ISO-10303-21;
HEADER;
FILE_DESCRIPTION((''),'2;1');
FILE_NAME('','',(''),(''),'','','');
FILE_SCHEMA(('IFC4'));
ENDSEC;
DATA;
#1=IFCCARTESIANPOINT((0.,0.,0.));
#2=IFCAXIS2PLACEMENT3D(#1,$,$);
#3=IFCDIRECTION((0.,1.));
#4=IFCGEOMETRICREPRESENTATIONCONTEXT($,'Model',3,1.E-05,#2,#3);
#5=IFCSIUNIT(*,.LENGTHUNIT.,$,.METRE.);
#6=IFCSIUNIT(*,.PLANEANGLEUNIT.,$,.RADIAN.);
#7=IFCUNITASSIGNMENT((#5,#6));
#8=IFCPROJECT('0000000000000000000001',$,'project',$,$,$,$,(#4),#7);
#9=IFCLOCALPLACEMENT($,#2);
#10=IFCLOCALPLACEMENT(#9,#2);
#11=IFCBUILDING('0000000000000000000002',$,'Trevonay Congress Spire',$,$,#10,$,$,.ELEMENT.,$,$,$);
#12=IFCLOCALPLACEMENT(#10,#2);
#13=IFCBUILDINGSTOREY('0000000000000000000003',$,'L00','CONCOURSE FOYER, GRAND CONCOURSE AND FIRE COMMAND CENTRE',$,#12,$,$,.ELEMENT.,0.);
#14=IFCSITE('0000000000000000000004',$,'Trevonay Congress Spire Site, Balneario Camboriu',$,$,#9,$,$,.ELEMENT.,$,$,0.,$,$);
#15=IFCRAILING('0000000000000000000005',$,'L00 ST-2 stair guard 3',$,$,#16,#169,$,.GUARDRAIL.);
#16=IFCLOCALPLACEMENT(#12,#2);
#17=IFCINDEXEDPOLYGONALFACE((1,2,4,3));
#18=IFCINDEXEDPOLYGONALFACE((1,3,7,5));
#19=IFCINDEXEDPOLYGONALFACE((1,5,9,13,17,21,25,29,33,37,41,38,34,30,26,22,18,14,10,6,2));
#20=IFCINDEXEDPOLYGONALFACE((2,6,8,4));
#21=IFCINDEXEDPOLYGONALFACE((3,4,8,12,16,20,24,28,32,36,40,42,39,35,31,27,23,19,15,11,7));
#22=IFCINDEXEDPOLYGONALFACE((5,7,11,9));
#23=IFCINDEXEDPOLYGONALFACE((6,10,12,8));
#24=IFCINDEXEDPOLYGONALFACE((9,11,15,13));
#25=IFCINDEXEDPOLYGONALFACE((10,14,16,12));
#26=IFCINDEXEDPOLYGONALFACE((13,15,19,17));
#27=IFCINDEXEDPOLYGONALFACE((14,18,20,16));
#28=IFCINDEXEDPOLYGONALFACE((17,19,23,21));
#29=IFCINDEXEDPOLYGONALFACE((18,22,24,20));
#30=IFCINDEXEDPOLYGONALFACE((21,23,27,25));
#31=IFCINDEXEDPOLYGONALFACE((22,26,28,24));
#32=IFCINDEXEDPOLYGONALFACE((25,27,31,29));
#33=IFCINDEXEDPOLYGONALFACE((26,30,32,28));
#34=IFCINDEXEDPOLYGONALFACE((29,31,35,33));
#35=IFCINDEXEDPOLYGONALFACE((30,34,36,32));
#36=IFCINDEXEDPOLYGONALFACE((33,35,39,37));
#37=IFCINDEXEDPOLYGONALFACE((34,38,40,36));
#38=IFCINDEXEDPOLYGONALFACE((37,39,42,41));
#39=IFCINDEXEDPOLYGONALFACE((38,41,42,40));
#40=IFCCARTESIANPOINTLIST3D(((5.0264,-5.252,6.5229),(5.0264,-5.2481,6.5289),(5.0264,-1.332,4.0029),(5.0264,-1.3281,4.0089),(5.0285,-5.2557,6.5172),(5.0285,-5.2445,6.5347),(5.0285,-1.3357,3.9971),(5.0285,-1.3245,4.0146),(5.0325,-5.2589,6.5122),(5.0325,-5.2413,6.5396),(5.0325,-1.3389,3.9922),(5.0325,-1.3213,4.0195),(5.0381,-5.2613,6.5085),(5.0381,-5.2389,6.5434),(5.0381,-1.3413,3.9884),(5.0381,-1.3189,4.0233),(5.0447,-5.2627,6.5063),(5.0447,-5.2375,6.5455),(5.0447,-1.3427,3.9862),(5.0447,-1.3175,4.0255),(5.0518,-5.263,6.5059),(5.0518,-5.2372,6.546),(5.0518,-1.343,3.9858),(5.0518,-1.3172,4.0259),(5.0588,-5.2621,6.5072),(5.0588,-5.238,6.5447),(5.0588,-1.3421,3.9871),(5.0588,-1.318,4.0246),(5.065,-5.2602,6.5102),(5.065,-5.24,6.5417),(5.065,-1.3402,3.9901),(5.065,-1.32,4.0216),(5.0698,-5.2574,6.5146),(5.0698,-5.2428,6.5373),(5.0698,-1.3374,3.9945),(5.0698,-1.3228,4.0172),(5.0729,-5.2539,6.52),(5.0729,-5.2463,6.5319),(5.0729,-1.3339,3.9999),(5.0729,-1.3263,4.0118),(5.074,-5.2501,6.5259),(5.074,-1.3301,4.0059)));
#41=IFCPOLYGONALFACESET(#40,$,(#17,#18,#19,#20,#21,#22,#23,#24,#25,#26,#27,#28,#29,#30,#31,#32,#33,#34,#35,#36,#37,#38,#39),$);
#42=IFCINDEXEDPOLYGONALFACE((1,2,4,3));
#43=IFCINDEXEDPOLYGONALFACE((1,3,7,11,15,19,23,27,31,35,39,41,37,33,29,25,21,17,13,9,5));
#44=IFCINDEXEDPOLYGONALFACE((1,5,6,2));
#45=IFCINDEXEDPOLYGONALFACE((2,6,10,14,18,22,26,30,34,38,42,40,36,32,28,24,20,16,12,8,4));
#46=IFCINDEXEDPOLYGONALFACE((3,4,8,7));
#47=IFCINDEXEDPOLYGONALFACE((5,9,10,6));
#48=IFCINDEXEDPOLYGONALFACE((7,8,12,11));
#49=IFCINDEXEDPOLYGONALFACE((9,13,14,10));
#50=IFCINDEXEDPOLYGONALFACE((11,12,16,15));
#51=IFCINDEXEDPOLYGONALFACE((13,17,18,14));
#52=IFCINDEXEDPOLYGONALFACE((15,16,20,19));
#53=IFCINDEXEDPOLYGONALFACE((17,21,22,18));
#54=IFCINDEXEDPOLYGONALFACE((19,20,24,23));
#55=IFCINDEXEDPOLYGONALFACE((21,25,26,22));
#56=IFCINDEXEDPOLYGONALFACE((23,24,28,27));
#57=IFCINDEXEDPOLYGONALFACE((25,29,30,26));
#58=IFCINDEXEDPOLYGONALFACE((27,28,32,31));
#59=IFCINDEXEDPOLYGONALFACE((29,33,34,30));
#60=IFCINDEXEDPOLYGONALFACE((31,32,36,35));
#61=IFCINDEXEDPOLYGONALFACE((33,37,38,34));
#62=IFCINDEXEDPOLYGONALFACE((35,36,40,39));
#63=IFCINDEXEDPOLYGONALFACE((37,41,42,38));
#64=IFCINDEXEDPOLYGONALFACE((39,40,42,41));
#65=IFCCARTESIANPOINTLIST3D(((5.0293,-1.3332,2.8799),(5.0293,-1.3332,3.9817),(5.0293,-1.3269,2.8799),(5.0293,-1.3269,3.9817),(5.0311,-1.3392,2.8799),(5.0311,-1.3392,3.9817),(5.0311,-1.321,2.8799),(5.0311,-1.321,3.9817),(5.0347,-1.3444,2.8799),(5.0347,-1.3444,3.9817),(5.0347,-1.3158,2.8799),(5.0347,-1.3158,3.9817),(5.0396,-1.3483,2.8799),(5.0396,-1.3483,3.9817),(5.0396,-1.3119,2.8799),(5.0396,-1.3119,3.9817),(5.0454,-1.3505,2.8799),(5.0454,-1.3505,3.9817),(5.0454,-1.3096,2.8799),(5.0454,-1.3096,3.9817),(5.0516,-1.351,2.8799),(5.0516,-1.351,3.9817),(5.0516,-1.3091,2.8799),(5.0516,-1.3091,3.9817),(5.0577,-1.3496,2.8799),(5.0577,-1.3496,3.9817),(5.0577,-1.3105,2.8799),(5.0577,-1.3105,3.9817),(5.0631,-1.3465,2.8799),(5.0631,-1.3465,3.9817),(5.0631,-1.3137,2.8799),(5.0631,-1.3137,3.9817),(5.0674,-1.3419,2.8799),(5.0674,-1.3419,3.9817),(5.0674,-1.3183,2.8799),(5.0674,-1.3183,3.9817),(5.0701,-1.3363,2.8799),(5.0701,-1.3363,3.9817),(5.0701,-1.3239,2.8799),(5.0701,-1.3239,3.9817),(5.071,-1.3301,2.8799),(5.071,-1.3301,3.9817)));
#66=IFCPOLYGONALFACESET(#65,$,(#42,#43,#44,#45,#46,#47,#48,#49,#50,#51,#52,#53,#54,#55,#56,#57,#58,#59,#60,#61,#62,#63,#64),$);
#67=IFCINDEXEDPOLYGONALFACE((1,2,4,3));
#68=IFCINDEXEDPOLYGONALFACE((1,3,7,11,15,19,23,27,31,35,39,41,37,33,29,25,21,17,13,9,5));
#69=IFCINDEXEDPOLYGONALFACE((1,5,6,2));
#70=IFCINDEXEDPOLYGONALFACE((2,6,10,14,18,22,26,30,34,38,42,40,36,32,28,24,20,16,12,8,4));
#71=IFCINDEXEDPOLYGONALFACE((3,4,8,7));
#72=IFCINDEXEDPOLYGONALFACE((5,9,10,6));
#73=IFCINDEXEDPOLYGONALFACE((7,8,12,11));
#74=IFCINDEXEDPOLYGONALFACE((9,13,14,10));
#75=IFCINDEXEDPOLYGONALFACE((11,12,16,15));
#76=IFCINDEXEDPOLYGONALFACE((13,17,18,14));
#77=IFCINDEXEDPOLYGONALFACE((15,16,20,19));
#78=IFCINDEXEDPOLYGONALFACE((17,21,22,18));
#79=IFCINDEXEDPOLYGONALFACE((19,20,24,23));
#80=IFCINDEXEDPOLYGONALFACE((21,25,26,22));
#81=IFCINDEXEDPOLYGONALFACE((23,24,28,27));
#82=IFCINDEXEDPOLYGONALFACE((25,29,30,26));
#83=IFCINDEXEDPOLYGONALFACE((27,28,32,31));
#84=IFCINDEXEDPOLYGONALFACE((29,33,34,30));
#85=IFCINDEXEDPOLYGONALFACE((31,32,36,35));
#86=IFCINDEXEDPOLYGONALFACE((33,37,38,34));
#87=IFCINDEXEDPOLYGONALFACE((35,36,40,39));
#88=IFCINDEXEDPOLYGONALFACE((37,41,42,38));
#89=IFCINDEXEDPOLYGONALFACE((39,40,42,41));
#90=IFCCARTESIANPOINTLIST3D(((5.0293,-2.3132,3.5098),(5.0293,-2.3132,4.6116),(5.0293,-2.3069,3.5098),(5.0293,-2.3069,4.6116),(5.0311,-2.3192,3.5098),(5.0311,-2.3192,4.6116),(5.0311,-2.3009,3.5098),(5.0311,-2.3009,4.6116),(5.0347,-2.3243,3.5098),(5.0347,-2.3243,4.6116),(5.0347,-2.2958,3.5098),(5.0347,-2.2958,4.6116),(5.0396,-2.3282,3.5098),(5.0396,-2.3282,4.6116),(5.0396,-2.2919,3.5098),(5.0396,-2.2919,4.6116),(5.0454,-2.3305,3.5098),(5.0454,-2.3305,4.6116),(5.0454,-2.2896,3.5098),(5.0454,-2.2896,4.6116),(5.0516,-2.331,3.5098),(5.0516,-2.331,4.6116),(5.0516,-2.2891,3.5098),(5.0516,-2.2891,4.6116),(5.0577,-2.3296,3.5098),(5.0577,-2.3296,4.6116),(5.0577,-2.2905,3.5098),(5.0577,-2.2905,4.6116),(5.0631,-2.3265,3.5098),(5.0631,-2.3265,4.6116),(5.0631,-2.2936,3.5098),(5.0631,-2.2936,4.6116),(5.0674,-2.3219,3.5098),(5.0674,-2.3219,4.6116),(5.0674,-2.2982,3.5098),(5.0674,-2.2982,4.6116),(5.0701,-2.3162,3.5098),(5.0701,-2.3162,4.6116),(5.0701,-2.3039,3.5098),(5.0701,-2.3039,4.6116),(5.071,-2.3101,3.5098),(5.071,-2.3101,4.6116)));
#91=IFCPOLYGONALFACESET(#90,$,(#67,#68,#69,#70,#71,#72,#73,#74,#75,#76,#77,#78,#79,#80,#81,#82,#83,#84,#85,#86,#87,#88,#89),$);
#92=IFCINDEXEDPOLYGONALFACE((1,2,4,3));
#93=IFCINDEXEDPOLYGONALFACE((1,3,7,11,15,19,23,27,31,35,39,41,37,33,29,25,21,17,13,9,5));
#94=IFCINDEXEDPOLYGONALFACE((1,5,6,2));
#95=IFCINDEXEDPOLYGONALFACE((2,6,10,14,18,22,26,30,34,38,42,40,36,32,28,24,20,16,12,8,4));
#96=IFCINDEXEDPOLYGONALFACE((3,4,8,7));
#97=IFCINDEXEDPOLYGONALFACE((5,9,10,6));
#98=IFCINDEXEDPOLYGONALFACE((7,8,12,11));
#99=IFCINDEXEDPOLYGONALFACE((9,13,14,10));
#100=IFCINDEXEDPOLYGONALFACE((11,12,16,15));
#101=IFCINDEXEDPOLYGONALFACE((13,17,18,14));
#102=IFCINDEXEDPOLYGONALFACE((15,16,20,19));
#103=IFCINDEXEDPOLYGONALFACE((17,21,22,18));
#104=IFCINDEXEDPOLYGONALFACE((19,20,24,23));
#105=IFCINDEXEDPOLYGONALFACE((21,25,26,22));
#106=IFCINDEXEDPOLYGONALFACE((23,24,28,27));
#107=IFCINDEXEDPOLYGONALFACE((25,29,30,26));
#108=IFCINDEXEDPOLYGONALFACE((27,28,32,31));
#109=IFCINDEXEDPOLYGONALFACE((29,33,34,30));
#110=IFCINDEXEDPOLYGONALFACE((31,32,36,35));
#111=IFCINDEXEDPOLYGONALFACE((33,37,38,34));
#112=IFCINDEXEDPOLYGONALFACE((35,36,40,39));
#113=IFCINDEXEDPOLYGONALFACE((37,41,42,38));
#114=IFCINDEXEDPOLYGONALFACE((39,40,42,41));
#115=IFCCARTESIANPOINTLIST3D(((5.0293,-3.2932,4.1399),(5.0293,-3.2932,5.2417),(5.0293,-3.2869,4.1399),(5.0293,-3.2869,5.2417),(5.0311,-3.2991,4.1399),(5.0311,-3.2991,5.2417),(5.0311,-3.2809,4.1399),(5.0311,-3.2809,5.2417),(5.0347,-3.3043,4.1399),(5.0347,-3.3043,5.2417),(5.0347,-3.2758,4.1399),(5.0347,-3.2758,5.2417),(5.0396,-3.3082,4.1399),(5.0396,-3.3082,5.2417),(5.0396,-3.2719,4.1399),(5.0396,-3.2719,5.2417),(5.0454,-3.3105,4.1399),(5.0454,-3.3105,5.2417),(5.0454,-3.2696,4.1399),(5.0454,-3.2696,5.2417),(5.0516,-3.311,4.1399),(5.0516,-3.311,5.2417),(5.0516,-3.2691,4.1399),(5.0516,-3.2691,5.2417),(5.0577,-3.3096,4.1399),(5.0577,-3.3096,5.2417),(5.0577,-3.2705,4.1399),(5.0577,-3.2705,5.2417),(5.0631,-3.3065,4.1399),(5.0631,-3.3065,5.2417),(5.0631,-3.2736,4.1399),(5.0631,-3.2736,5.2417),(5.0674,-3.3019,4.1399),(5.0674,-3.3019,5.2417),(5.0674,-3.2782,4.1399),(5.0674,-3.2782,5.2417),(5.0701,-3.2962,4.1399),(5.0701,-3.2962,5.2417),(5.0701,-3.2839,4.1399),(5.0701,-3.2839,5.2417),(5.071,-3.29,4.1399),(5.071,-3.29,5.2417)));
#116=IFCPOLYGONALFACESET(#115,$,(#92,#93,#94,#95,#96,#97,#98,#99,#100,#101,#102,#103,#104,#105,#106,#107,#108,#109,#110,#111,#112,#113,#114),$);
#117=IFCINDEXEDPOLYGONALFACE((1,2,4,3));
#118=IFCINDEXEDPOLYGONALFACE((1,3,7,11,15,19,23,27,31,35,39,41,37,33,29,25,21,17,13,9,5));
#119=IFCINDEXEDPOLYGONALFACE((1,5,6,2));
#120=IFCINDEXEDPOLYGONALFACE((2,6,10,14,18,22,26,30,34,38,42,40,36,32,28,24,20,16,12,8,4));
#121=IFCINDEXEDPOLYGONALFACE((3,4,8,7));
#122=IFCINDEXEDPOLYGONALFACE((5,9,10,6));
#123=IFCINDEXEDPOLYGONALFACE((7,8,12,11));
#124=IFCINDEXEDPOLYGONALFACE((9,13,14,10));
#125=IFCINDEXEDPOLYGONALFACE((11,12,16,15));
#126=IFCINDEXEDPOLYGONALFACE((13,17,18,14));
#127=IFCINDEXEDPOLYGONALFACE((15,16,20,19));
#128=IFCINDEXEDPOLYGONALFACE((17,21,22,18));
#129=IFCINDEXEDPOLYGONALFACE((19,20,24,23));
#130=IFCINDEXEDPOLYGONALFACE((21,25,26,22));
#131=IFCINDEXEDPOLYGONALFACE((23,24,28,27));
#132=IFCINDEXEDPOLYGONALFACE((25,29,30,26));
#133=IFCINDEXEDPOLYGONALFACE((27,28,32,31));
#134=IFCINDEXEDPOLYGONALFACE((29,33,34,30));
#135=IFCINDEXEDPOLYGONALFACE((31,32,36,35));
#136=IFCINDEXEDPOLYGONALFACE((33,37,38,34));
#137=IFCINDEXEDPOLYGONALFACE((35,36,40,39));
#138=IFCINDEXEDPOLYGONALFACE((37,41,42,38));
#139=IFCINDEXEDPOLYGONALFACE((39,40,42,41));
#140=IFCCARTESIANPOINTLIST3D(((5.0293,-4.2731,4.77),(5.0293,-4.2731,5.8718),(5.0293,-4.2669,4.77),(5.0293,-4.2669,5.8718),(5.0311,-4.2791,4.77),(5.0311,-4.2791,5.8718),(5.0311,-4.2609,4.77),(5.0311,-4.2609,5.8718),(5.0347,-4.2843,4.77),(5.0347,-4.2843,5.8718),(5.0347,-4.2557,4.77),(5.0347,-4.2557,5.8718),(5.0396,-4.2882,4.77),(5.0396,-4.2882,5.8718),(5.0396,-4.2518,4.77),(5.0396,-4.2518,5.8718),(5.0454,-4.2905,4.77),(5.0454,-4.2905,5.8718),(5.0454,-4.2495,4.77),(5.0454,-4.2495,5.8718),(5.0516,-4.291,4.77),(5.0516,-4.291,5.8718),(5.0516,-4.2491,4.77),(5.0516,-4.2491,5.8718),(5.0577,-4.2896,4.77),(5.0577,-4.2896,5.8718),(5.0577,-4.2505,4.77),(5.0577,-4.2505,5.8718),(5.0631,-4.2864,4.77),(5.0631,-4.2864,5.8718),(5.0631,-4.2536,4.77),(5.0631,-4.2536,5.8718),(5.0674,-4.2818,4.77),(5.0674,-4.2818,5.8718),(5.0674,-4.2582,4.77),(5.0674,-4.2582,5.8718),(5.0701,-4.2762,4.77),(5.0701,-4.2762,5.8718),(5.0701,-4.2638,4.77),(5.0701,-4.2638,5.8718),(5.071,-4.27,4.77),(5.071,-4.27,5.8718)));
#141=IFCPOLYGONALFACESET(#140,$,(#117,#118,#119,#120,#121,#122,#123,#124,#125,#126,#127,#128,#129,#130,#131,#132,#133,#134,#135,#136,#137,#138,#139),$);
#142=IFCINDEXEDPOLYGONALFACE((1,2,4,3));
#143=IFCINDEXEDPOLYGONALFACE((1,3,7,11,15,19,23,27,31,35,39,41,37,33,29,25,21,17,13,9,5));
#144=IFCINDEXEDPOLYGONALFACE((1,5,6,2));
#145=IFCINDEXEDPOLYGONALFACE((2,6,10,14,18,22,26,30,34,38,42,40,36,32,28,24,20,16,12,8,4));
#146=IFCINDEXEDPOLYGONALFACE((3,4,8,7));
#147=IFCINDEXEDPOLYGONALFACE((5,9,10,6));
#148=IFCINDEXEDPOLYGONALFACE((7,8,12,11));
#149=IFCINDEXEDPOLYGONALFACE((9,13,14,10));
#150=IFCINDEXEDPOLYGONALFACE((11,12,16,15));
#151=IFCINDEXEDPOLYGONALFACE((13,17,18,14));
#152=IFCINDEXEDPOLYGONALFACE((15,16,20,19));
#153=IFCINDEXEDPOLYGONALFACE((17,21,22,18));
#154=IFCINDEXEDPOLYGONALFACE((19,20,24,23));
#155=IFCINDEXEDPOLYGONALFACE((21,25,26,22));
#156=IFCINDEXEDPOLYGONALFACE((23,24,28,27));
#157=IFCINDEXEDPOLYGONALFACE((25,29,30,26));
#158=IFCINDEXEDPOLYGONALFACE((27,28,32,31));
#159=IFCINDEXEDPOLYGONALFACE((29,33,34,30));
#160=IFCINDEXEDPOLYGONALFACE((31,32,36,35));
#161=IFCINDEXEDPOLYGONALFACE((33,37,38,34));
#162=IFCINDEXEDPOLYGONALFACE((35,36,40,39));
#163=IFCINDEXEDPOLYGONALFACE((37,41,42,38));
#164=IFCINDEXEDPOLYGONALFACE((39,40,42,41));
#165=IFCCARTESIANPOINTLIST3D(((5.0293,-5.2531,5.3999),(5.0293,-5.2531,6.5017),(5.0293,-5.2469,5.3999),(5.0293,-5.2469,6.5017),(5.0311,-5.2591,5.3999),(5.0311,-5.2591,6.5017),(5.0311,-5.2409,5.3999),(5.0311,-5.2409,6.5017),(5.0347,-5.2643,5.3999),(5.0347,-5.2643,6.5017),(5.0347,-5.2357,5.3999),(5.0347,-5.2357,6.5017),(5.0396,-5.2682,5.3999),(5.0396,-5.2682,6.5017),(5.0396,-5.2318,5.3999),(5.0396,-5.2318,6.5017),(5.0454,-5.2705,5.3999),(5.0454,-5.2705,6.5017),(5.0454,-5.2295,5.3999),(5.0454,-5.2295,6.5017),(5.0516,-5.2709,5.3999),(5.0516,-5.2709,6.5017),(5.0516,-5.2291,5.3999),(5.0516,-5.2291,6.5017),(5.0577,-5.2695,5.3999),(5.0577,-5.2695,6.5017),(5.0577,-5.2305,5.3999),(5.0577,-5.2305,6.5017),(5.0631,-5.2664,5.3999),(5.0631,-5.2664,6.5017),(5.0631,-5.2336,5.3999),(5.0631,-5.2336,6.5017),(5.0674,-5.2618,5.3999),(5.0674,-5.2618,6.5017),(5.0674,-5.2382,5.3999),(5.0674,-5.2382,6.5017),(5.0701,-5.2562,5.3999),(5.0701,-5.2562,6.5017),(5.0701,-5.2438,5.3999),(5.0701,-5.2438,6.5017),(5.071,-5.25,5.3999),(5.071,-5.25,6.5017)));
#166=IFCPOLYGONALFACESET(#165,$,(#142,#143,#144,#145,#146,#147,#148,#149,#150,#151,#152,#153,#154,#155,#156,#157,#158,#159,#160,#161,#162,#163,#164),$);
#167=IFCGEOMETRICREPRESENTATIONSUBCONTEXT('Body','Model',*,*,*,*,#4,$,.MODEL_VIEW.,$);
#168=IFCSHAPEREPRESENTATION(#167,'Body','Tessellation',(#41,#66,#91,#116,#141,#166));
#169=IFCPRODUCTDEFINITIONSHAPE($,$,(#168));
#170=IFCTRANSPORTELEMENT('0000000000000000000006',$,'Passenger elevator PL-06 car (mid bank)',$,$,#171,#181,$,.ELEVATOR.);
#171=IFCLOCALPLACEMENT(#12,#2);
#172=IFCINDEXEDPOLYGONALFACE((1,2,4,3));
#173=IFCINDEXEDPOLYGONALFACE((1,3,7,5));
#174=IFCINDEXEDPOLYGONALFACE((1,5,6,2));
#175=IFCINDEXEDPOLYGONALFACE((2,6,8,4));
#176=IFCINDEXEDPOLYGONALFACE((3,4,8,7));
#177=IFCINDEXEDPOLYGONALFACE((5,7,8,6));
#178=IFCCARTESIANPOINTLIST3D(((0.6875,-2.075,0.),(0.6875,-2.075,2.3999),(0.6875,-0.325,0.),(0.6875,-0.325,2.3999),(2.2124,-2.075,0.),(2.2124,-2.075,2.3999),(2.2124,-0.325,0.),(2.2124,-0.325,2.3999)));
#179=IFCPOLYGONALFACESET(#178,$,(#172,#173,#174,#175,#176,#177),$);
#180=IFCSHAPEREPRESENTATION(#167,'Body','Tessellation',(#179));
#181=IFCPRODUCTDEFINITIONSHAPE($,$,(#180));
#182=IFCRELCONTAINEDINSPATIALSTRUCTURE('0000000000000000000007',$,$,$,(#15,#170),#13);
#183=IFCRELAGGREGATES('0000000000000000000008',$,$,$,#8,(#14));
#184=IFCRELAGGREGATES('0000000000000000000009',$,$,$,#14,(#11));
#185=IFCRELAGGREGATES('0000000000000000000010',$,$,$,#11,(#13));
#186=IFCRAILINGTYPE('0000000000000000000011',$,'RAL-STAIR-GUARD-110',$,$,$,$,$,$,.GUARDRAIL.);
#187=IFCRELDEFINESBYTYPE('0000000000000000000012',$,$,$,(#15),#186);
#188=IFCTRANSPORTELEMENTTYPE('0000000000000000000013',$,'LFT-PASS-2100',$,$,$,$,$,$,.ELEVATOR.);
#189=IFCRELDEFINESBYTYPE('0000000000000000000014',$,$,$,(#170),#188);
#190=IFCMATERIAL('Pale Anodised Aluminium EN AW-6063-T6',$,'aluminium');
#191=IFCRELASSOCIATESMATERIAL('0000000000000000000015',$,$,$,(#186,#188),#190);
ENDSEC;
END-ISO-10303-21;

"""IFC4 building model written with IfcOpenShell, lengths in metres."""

from ifc_helpers import new_model, si_unit, direction, frame, origin, origin_2d, place, context, subcontext, project, spatial, rectangle, circle, extrude, material, type_object, element, save


model = new_model("IFC4")

# Units and contexts
model_context = context("Model", 3, precision=1e-05, world=origin(), true_north=direction((0.0, 1.0)))
body_context = subcontext(model_context, "Body", "Model", "MODEL_VIEW")
ifc_project = project(units=[si_unit("LENGTHUNIT", "METRE"), si_unit("PLANEANGLEUNIT", "RADIAN")], contexts=[model_context])

# Site, building, storey
site_placement = place(None, origin())
site = spatial("IfcSite", under=ifc_project, at=site_placement, Name="Trevonay Congress Spire Site, Balneario Camboriu", CompositionType="ELEMENT", RefElevation=0.0)
building_placement = place(site_placement, origin())
building = spatial("IfcBuilding", under=site, at=building_placement, Name="Trevonay Congress Spire", CompositionType="ELEMENT")
storey_placement = place(building_placement, origin())
storey = spatial("IfcBuildingStorey", under=building, at=storey_placement, Name="L00", Description="CONCOURSE FOYER, GRAND CONCOURSE AND FIRE COMMAND CENTRE", CompositionType="ELEMENT", Elevation=0.0)

# Railing
ifc_material_1 = material(Name="Pale Anodised Aluminium EN AW-6063-T6", Category="aluminium")
railing_type = type_object("IfcRailingType", Name="RAL-STAIR-GUARD-110", PredefinedType="GUARDRAIL", material=ifc_material_1)
railing_1_placement = place(storey_placement, frame((5.05, -1.3301, 2.8799)))
element("IfcRailing", 1, at=railing_1_placement, inside=storey, type_object=railing_type, Name="L00 ST-2 stair guard 3", PredefinedType="GUARDRAIL", context=body_context, shape_type="SweptSolid", body=[
    extrude(circle(Radius=0.0239, at=origin_2d()), frame((0.0, 0.0, 1.126), z_axis=(0.0, -0.841172, 0.540768), x_axis=(1.0, 0.0, 0.0)), (0.0, 0.0, 1.0), 4.6602),
    extrude(circle(Radius=0.021, at=origin_2d()), origin(), (0.0, 0.0, 1.0), 1.1018),
    extrude(circle(Radius=0.021, at=origin_2d()), frame((0.0, -0.98, 0.6299)), (0.0, 0.0, 1.0), 1.1018),
    extrude(circle(Radius=0.021, at=origin_2d()), frame((0.0, -1.96, 1.26)), (0.0, 0.0, 1.0), 1.1018),
    extrude(circle(Radius=0.021, at=origin_2d()), frame((0.0, -2.9399, 1.8901)), (0.0, 0.0, 1.0), 1.1018),
    extrude(circle(Radius=0.021, at=origin_2d()), frame((0.0, -3.9199, 2.52)), (0.0, 0.0, 1.0), 1.1018),
])

# Transport element
transport_element_type = type_object("IfcTransportElementType", Name="LFT-PASS-2100", PredefinedType="ELEVATOR", material=ifc_material_1)
transport_element_placement = place(storey_placement, frame((1.45, -1.2, 0.0), z_axis=(0.0, 0.0, 1.0), x_axis=(1.0, 0.0, 0.0)))
element("IfcTransportElement", 2, at=transport_element_placement, inside=storey, type_object=transport_element_type, Name="Passenger elevator PL-06 car (mid bank)", PredefinedType="ELEVATOR", context=body_context, shape_type="SweptSolid", body=[
    extrude(rectangle(XDim=1.5249, YDim=1.75, at=origin_2d()), origin(), (0.0, 0.0, 1.0), 2.3999),
])

save(model, "model.ifc")
